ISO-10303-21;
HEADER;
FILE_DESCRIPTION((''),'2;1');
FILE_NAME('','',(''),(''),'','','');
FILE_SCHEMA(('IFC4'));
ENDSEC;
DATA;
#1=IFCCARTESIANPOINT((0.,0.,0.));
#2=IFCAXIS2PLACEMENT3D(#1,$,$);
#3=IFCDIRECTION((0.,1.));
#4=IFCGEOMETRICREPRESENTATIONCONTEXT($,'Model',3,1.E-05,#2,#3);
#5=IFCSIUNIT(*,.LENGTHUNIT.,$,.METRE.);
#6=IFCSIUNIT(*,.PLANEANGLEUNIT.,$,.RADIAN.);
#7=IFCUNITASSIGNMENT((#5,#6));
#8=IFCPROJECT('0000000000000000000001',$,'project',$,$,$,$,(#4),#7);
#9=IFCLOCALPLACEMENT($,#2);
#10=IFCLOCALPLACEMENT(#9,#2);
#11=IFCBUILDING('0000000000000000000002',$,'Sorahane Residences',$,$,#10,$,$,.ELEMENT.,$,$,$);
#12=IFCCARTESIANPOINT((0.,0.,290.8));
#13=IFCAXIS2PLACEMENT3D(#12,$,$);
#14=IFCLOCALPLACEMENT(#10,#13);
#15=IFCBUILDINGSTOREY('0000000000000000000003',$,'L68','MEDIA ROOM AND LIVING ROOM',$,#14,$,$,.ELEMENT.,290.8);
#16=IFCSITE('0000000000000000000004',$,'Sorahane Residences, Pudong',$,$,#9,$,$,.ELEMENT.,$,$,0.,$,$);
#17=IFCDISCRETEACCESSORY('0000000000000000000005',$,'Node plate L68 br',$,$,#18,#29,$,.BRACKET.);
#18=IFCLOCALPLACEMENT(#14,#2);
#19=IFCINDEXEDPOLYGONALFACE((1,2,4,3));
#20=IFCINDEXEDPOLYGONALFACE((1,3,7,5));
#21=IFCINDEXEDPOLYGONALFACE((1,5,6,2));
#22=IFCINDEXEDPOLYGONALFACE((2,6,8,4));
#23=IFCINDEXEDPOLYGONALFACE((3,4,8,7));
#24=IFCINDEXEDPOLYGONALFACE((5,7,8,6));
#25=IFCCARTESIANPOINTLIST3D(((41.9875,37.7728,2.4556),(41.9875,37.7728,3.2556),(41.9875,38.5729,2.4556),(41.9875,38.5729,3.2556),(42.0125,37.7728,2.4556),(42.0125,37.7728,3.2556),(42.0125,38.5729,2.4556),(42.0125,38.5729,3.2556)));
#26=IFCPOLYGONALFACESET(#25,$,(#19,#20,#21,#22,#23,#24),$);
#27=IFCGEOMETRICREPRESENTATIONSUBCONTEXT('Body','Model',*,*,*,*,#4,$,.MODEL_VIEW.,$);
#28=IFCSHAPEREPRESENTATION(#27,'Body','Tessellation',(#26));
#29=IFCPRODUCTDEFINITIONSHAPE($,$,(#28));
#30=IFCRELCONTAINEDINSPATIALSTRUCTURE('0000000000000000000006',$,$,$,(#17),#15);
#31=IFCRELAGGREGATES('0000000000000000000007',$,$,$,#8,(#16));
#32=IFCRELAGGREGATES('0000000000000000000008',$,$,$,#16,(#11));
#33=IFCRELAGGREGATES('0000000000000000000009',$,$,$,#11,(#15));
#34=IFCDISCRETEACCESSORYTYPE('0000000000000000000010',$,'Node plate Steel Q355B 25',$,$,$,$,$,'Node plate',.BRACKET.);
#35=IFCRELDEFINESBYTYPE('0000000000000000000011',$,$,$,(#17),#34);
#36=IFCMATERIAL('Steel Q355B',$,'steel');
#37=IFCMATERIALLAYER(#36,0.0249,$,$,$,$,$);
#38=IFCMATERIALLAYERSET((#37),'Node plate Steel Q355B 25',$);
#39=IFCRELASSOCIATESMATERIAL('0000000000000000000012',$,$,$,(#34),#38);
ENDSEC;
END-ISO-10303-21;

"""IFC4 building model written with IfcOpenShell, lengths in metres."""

from ifc_helpers import new_model, si_unit, direction, frame, origin, origin_2d, place, context, subcontext, project, spatial, rectangle, extrude, material, layer, layer_set, type_object, element, save


model = new_model("IFC4")

# Units and contexts
model_context = context("Model", 3, precision=1e-05, world=origin(), true_north=direction((0.0, 1.0)))
body_context = subcontext(model_context, "Body", "Model", "MODEL_VIEW")
ifc_project = project(units=[si_unit("LENGTHUNIT", "METRE"), si_unit("PLANEANGLEUNIT", "RADIAN")], contexts=[model_context])

# Site, building, storey
site_placement = place(None, origin())
site = spatial("IfcSite", under=ifc_project, at=site_placement, Name="Sorahane Residences, Pudong", CompositionType="ELEMENT", RefElevation=0.0)
building_placement = place(site_placement, origin())
building = spatial("IfcBuilding", under=site, at=building_placement, Name="Sorahane Residences", CompositionType="ELEMENT")
storey_placement = place(building_placement, frame((0.0, 0.0, 290.8)))
storey = spatial("IfcBuildingStorey", under=building, at=storey_placement, Name="L68", Description="MEDIA ROOM AND LIVING ROOM", CompositionType="ELEMENT", Elevation=290.8)

# Discrete accessory
ifc_material_1 = material(Name="Steel Q355B", Category="steel")
ifc_layer_1 = layer(ifc_material_1, 0.0249)
ifc_layer_set_1 = layer_set([ifc_layer_1], Name="Node plate Steel Q355B 25")
discrete_accessory_type = type_object("IfcDiscreteAccessoryType", Name="Node plate Steel Q355B 25", ElementType="Node plate", PredefinedType="BRACKET", material=ifc_layer_set_1)
discrete_accessory_placement = place(storey_placement, frame((42.0, 38.1729, 2.4556), z_axis=(0.0, 0.0, 1.0), x_axis=(0.0, 1.0, 0.0)))
element("IfcDiscreteAccessory", 1, at=discrete_accessory_placement, inside=storey, type_object=discrete_accessory_type, Name="Node plate L68 br", PredefinedType="BRACKET", context=body_context, shape_type="SweptSolid", body=[
    extrude(rectangle(XDim=0.8, YDim=0.0249, at=origin_2d()), origin(), (0.0, 0.0, 1.0), 0.8),
])

save(model, "model.ifc")
